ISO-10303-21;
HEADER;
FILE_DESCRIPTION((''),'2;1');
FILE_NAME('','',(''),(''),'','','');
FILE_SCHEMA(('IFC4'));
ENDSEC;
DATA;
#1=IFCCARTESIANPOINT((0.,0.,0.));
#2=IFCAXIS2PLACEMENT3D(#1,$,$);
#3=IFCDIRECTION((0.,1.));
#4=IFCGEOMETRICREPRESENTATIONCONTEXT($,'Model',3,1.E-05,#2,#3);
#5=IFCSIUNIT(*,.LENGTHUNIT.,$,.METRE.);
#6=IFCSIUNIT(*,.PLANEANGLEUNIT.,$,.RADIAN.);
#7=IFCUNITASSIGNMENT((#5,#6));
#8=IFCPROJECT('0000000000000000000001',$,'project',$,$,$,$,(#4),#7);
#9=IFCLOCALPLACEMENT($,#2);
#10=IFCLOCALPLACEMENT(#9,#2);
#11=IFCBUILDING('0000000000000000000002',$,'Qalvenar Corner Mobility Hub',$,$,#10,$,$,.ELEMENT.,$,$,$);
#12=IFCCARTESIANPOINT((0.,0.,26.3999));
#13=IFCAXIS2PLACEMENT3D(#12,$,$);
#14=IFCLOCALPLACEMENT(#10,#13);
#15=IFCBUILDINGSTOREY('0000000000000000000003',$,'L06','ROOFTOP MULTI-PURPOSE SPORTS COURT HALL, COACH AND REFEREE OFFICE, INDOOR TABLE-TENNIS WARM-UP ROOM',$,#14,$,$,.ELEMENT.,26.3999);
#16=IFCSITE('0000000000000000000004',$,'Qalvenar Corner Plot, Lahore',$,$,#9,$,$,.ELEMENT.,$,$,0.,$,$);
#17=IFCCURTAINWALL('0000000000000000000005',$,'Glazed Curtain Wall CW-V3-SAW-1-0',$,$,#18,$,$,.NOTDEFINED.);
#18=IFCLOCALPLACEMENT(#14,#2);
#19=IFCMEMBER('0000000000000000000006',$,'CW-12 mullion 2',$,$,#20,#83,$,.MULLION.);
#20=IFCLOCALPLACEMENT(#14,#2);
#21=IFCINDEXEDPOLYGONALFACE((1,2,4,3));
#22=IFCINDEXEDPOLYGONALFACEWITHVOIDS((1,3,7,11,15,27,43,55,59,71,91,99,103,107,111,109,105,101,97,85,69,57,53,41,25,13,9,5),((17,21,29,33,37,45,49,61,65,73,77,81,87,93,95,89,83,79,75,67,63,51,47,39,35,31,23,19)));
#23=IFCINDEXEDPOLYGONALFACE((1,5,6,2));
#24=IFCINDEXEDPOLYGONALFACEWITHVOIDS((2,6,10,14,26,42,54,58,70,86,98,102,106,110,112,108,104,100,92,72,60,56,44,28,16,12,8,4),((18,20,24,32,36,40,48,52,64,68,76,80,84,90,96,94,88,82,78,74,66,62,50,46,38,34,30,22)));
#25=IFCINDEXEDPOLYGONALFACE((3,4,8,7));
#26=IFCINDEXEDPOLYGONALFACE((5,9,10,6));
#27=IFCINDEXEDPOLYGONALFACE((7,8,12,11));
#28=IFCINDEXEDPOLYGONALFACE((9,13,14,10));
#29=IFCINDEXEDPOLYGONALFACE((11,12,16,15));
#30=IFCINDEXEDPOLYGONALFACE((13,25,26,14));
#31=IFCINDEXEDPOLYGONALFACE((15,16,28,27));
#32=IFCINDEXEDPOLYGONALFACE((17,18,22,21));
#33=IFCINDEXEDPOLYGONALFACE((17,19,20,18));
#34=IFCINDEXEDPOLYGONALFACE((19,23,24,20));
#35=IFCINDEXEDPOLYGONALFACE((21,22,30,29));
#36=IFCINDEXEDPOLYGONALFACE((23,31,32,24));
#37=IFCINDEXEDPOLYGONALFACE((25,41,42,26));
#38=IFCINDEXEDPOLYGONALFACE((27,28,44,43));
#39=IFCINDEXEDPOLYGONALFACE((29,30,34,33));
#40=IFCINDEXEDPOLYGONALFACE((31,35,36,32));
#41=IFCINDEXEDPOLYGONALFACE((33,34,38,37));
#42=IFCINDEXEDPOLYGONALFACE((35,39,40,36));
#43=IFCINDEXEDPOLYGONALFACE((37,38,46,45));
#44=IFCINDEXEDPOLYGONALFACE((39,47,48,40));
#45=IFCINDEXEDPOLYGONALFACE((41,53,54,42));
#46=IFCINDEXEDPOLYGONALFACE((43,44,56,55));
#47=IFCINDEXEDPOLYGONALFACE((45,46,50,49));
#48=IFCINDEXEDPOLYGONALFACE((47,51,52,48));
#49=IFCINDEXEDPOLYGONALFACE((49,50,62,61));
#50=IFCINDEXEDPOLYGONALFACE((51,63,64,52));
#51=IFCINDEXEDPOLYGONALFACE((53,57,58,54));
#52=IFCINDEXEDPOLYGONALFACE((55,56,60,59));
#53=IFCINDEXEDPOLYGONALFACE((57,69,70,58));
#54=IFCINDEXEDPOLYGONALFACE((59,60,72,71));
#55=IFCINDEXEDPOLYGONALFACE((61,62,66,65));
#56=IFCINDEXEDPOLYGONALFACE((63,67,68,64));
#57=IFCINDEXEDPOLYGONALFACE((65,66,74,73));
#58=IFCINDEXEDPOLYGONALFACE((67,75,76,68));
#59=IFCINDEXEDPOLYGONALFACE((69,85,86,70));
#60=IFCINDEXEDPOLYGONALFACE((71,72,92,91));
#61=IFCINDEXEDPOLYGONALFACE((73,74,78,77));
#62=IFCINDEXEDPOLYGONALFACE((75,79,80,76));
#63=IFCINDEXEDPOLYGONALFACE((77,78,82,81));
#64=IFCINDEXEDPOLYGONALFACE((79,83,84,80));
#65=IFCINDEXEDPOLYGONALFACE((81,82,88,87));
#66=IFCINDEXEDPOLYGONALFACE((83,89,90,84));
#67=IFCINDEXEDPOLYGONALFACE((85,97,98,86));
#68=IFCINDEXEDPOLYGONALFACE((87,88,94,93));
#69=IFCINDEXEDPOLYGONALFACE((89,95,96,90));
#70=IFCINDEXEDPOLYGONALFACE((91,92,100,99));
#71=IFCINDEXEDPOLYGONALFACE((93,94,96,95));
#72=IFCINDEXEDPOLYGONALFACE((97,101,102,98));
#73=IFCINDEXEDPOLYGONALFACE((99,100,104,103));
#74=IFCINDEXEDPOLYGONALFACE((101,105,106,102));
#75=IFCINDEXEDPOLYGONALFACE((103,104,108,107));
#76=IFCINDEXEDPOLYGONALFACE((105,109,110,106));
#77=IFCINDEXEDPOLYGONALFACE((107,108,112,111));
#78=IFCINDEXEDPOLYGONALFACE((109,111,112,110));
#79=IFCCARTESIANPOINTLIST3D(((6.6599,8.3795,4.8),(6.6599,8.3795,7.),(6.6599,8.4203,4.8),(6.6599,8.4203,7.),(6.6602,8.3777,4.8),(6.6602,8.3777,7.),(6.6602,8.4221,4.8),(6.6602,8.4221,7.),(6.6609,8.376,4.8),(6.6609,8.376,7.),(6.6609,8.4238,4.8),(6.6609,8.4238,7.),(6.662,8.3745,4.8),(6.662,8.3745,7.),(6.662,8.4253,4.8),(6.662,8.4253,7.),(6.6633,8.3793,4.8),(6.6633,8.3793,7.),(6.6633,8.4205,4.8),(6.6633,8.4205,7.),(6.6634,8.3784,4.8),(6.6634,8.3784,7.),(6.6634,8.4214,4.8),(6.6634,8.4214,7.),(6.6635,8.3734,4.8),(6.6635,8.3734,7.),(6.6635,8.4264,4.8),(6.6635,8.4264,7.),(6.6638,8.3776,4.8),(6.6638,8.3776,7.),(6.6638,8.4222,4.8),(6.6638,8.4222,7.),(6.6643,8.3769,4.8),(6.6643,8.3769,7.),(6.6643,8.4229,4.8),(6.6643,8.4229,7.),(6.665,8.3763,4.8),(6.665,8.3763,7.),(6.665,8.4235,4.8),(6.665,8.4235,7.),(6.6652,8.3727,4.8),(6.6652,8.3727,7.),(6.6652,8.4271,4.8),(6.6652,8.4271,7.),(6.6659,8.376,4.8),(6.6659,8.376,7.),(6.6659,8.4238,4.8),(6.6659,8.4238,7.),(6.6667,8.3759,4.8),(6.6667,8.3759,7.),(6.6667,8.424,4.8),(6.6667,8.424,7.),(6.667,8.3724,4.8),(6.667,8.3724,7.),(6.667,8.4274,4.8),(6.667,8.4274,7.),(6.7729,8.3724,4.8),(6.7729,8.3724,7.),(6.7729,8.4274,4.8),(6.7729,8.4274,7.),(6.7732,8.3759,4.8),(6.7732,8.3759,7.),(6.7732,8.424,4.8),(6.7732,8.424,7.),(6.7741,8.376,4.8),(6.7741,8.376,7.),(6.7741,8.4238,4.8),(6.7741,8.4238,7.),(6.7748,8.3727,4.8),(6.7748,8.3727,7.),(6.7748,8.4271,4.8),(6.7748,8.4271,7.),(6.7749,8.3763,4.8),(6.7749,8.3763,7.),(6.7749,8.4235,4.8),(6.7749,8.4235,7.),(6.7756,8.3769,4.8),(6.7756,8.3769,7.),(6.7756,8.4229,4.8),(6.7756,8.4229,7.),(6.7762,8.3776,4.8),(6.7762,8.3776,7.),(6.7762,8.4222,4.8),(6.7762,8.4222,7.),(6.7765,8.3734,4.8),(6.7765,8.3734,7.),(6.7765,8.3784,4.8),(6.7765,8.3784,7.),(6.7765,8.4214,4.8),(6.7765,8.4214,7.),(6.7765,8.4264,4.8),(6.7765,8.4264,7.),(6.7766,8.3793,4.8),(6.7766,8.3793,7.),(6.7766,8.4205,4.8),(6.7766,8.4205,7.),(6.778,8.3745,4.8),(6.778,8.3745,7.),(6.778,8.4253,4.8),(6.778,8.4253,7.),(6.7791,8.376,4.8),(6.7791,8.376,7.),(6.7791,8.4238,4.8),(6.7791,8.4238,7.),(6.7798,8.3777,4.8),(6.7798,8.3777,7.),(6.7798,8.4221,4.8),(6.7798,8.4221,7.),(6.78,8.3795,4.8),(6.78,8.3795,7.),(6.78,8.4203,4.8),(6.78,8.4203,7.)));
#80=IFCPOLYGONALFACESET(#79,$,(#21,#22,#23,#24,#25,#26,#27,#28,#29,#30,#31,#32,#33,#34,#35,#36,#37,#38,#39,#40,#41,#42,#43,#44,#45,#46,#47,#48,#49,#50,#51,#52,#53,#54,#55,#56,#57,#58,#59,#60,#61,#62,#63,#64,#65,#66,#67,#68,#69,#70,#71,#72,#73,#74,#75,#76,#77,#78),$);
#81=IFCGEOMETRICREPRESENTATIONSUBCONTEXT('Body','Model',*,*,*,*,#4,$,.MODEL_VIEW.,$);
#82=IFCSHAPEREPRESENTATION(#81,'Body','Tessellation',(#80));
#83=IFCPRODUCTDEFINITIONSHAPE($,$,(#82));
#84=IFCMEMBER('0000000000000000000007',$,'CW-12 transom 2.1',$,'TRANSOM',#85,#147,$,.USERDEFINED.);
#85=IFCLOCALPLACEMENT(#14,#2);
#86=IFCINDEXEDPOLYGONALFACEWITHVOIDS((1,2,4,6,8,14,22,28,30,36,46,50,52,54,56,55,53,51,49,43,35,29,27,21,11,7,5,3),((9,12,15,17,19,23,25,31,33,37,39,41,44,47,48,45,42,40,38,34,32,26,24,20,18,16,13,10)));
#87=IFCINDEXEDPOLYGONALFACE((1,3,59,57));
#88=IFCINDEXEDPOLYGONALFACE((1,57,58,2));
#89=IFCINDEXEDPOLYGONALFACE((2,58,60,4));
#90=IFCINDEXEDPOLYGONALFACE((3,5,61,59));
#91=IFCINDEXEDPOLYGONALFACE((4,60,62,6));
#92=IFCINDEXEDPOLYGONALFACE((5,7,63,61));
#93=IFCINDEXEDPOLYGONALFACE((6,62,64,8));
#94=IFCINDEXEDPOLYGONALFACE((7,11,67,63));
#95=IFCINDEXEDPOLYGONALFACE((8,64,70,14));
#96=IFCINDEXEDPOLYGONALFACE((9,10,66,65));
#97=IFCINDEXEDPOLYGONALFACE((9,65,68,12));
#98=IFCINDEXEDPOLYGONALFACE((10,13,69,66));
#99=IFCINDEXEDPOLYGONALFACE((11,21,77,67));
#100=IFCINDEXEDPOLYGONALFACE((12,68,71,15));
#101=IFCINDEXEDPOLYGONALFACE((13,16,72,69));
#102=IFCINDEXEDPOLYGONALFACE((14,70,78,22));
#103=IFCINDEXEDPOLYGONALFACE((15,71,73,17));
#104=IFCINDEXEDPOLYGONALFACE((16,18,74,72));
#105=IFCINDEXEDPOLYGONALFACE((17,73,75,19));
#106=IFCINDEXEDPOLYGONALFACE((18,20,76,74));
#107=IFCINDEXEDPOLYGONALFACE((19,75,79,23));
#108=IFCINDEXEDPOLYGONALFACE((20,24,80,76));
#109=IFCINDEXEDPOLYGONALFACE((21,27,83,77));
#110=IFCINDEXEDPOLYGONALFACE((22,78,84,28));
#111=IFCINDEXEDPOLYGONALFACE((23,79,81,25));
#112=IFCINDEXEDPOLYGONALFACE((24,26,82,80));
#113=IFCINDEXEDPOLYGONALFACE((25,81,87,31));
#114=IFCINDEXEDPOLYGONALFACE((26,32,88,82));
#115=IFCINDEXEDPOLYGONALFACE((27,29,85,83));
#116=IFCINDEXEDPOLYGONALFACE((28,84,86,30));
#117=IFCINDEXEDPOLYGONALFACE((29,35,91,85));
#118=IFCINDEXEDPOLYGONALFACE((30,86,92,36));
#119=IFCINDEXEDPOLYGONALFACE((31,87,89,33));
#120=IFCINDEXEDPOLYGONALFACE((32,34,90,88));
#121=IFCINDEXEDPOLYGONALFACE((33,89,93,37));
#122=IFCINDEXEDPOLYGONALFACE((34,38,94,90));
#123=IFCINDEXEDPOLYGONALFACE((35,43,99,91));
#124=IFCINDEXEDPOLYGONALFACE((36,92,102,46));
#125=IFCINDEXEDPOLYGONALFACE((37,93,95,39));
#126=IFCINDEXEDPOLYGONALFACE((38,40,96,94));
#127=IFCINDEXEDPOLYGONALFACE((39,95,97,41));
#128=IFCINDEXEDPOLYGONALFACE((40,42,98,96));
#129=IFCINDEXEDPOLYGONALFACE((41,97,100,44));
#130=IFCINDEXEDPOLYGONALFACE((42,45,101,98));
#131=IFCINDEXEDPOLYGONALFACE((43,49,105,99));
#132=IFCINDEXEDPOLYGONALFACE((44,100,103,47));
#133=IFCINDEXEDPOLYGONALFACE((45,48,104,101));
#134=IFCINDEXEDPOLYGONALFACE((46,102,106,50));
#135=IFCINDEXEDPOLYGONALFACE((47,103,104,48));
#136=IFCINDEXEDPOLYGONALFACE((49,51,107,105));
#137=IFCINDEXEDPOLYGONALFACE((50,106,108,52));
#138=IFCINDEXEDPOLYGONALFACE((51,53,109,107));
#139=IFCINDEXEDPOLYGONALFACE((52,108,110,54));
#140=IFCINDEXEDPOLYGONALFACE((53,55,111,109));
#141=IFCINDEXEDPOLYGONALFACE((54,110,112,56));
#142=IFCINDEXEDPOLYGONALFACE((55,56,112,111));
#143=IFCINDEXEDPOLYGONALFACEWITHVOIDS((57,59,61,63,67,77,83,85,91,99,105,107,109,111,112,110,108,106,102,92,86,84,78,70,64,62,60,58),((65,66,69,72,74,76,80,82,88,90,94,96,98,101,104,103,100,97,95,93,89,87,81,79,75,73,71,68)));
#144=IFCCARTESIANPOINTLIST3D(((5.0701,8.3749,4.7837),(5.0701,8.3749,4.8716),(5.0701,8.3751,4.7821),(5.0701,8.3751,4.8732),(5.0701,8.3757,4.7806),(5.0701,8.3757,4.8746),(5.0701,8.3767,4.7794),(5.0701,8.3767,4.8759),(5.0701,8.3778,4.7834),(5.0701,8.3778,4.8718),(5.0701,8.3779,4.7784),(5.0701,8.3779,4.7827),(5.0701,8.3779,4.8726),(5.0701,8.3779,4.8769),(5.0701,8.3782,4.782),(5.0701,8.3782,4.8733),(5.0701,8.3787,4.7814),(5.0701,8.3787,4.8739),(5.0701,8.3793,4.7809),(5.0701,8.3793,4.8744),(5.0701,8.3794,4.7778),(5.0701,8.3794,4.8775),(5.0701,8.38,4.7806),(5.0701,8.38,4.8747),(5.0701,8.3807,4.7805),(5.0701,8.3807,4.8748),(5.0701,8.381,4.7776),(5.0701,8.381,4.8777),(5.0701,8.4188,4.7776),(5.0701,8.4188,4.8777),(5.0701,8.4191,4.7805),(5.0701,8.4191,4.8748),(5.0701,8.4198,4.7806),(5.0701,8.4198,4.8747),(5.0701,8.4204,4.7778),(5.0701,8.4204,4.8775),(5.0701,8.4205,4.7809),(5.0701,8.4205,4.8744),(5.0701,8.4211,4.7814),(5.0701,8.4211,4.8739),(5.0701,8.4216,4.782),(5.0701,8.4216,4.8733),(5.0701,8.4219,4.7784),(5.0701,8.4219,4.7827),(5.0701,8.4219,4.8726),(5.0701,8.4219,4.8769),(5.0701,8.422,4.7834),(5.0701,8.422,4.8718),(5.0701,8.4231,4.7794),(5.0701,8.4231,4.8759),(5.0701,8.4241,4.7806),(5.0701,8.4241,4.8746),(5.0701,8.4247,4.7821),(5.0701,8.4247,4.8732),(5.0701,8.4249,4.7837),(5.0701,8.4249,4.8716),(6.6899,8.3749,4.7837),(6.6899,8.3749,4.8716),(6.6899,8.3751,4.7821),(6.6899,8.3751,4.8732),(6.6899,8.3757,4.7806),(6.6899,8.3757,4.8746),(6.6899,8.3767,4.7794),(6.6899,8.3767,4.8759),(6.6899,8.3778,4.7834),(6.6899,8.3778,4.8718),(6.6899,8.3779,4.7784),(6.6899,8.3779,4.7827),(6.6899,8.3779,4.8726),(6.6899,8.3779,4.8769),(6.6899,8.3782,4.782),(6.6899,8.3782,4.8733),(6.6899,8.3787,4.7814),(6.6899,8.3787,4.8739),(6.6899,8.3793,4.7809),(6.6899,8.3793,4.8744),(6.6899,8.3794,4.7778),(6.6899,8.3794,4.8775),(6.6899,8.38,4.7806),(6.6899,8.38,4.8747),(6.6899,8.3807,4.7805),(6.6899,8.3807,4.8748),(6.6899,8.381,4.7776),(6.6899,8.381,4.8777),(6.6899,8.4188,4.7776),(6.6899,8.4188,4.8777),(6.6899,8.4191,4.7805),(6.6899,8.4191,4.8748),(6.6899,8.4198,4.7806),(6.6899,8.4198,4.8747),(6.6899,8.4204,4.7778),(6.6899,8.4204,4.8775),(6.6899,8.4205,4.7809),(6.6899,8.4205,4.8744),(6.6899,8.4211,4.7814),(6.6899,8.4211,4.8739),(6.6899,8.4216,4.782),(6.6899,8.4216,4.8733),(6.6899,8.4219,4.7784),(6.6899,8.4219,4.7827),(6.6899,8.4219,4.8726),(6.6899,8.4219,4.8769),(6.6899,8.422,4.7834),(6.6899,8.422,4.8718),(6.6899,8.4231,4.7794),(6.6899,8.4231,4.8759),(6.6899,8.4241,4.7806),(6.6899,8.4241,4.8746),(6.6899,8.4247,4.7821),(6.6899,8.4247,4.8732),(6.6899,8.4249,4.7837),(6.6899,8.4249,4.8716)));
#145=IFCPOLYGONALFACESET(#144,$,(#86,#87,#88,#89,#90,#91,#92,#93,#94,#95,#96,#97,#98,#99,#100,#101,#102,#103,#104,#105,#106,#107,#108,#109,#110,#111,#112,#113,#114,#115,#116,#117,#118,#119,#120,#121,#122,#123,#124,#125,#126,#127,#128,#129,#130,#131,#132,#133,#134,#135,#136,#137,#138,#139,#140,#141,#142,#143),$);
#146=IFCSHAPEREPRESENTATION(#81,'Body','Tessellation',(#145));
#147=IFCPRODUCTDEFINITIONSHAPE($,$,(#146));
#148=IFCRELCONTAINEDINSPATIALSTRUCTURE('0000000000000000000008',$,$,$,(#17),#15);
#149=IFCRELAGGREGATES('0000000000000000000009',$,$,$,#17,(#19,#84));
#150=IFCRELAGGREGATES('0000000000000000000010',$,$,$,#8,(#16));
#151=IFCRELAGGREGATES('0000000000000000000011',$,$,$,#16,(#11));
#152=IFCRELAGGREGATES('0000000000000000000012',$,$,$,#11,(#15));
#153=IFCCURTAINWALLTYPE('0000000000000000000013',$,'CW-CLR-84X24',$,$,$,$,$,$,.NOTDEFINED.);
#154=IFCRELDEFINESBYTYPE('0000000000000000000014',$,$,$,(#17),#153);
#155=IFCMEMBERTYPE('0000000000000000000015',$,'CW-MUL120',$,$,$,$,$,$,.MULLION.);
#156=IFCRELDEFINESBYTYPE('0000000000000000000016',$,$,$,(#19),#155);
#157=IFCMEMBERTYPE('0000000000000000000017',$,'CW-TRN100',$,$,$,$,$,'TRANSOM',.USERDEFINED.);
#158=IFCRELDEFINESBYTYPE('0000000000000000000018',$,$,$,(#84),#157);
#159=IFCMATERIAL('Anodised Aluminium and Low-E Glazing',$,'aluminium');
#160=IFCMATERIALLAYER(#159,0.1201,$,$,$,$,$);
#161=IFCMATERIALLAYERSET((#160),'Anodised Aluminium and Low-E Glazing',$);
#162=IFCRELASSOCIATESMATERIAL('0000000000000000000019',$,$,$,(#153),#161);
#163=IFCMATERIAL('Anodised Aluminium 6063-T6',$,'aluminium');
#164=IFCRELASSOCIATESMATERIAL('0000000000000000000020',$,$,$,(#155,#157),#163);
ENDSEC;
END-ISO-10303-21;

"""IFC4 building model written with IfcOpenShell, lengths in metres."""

from ifc_helpers import new_model, si_unit, direction, frame, origin, origin_2d, place, context, subcontext, project, spatial, hollow_rectangle, extrude, material, layer, layer_set, material_profile, profile_set, type_object, element, aggregate, save


model = new_model("IFC4")

# Units and contexts
model_context = context("Model", 3, precision=1e-05, world=origin(), true_north=direction((0.0, 1.0)))
body_context = subcontext(model_context, "Body", "Model", "MODEL_VIEW")
ifc_project = project(units=[si_unit("LENGTHUNIT", "METRE"), si_unit("PLANEANGLEUNIT", "RADIAN")], contexts=[model_context])

# Site, building, storey
site_placement = place(None, origin())
site = spatial("IfcSite", under=ifc_project, at=site_placement, Name="Qalvenar Corner Plot, Lahore", CompositionType="ELEMENT", RefElevation=0.0)
building_placement = place(site_placement, origin())
building = spatial("IfcBuilding", under=site, at=building_placement, Name="Qalvenar Corner Mobility Hub", CompositionType="ELEMENT")
storey_placement = place(building_placement, frame((0.0, 0.0, 26.3999)))
storey = spatial("IfcBuildingStorey", under=building, at=storey_placement, Name="L06", Description="ROOFTOP MULTI-PURPOSE SPORTS COURT HALL, COACH AND REFEREE OFFICE, INDOOR TABLE-TENNIS WARM-UP ROOM", CompositionType="ELEMENT", Elevation=26.3999)

# Curtain wall, members
ifc_material_1 = material(Name="Anodised Aluminium and Low-E Glazing", Category="aluminium")
ifc_layer_1 = layer(ifc_material_1, 0.1201)
ifc_layer_set_1 = layer_set([ifc_layer_1], Name="Anodised Aluminium and Low-E Glazing")
curtain_wall_type = type_object("IfcCurtainWallType", Name="CW-CLR-84X24", PredefinedType="NOTDEFINED", material=ifc_layer_set_1)
curtain_wall_placement = place(storey_placement, origin())
curtain_wall = element("IfcCurtainWall", 1, at=curtain_wall_placement, inside=storey, type_object=curtain_wall_type, Name="Glazed Curtain Wall CW-V3-SAW-1-0", PredefinedType="NOTDEFINED")
ifc_material_2 = material(Name="Anodised Aluminium 6063-T6", Category="aluminium")
ifc_material_profile_1 = material_profile(ifc_material_2, hollow_rectangle(XDim=0.0549, YDim=0.1201, WallThickness=0.0034, InnerFilletRadius=0.0034, OuterFilletRadius=0.0071, at=origin_2d()), Name="RHS120x55x3.5")
ifc_profile_set_1 = profile_set([ifc_material_profile_1], Name="Anodised Aluminium 6063-T6")
member_type_1 = type_object("IfcMemberType", Name="CW-MUL120", PredefinedType="MULLION", material=ifc_profile_set_1)
member_1_placement = place(storey_placement, frame((6.72, 8.3999, 4.8), z_axis=(0.0, 0.0, 1.0), x_axis=(0.0, -1.0, 0.0)))
member_1 = element("IfcMember", 2, at=member_1_placement, type_object=member_type_1, Name="CW-12 mullion 2", PredefinedType="MULLION", context=body_context, shape_type="SweptSolid", body=[
    extrude(hollow_rectangle(XDim=0.0549, YDim=0.1201, WallThickness=0.0034, InnerFilletRadius=0.0034, OuterFilletRadius=0.0071, at=origin_2d()), origin(), (0.0, 0.0, 1.0), 2.2),
])
ifc_material_profile_2 = material_profile(ifc_material_2, hollow_rectangle(XDim=0.05, YDim=0.1001, WallThickness=0.0029, InnerFilletRadius=0.0029, OuterFilletRadius=0.0061, at=origin_2d()), Name="RHS100x50x3")
ifc_profile_set_2 = profile_set([ifc_material_profile_2], Name="Anodised Aluminium 6063-T6")
member_type_2 = type_object("IfcMemberType", Name="CW-TRN100", ElementType="TRANSOM", PredefinedType="USERDEFINED", material=ifc_profile_set_2)
member_2_placement = place(storey_placement, frame((6.6899, 8.3999, 4.8276), z_axis=(-1.0, 0.0, 0.0), x_axis=(0.0, -1.0, 0.0)))
member_2 = element("IfcMember", 3, at=member_2_placement, type_object=member_type_2, Name="CW-12 transom 2.1", ObjectType="TRANSOM", PredefinedType="USERDEFINED", context=body_context, shape_type="SweptSolid", body=[
    extrude(hollow_rectangle(XDim=0.05, YDim=0.1001, WallThickness=0.0029, InnerFilletRadius=0.0029, OuterFilletRadius=0.0061, at=origin_2d()), origin(), (0.0, 0.0, 1.0), 1.6199),
])

aggregate(curtain_wall, [member_1, member_2])

save(model, "model.ifc")
